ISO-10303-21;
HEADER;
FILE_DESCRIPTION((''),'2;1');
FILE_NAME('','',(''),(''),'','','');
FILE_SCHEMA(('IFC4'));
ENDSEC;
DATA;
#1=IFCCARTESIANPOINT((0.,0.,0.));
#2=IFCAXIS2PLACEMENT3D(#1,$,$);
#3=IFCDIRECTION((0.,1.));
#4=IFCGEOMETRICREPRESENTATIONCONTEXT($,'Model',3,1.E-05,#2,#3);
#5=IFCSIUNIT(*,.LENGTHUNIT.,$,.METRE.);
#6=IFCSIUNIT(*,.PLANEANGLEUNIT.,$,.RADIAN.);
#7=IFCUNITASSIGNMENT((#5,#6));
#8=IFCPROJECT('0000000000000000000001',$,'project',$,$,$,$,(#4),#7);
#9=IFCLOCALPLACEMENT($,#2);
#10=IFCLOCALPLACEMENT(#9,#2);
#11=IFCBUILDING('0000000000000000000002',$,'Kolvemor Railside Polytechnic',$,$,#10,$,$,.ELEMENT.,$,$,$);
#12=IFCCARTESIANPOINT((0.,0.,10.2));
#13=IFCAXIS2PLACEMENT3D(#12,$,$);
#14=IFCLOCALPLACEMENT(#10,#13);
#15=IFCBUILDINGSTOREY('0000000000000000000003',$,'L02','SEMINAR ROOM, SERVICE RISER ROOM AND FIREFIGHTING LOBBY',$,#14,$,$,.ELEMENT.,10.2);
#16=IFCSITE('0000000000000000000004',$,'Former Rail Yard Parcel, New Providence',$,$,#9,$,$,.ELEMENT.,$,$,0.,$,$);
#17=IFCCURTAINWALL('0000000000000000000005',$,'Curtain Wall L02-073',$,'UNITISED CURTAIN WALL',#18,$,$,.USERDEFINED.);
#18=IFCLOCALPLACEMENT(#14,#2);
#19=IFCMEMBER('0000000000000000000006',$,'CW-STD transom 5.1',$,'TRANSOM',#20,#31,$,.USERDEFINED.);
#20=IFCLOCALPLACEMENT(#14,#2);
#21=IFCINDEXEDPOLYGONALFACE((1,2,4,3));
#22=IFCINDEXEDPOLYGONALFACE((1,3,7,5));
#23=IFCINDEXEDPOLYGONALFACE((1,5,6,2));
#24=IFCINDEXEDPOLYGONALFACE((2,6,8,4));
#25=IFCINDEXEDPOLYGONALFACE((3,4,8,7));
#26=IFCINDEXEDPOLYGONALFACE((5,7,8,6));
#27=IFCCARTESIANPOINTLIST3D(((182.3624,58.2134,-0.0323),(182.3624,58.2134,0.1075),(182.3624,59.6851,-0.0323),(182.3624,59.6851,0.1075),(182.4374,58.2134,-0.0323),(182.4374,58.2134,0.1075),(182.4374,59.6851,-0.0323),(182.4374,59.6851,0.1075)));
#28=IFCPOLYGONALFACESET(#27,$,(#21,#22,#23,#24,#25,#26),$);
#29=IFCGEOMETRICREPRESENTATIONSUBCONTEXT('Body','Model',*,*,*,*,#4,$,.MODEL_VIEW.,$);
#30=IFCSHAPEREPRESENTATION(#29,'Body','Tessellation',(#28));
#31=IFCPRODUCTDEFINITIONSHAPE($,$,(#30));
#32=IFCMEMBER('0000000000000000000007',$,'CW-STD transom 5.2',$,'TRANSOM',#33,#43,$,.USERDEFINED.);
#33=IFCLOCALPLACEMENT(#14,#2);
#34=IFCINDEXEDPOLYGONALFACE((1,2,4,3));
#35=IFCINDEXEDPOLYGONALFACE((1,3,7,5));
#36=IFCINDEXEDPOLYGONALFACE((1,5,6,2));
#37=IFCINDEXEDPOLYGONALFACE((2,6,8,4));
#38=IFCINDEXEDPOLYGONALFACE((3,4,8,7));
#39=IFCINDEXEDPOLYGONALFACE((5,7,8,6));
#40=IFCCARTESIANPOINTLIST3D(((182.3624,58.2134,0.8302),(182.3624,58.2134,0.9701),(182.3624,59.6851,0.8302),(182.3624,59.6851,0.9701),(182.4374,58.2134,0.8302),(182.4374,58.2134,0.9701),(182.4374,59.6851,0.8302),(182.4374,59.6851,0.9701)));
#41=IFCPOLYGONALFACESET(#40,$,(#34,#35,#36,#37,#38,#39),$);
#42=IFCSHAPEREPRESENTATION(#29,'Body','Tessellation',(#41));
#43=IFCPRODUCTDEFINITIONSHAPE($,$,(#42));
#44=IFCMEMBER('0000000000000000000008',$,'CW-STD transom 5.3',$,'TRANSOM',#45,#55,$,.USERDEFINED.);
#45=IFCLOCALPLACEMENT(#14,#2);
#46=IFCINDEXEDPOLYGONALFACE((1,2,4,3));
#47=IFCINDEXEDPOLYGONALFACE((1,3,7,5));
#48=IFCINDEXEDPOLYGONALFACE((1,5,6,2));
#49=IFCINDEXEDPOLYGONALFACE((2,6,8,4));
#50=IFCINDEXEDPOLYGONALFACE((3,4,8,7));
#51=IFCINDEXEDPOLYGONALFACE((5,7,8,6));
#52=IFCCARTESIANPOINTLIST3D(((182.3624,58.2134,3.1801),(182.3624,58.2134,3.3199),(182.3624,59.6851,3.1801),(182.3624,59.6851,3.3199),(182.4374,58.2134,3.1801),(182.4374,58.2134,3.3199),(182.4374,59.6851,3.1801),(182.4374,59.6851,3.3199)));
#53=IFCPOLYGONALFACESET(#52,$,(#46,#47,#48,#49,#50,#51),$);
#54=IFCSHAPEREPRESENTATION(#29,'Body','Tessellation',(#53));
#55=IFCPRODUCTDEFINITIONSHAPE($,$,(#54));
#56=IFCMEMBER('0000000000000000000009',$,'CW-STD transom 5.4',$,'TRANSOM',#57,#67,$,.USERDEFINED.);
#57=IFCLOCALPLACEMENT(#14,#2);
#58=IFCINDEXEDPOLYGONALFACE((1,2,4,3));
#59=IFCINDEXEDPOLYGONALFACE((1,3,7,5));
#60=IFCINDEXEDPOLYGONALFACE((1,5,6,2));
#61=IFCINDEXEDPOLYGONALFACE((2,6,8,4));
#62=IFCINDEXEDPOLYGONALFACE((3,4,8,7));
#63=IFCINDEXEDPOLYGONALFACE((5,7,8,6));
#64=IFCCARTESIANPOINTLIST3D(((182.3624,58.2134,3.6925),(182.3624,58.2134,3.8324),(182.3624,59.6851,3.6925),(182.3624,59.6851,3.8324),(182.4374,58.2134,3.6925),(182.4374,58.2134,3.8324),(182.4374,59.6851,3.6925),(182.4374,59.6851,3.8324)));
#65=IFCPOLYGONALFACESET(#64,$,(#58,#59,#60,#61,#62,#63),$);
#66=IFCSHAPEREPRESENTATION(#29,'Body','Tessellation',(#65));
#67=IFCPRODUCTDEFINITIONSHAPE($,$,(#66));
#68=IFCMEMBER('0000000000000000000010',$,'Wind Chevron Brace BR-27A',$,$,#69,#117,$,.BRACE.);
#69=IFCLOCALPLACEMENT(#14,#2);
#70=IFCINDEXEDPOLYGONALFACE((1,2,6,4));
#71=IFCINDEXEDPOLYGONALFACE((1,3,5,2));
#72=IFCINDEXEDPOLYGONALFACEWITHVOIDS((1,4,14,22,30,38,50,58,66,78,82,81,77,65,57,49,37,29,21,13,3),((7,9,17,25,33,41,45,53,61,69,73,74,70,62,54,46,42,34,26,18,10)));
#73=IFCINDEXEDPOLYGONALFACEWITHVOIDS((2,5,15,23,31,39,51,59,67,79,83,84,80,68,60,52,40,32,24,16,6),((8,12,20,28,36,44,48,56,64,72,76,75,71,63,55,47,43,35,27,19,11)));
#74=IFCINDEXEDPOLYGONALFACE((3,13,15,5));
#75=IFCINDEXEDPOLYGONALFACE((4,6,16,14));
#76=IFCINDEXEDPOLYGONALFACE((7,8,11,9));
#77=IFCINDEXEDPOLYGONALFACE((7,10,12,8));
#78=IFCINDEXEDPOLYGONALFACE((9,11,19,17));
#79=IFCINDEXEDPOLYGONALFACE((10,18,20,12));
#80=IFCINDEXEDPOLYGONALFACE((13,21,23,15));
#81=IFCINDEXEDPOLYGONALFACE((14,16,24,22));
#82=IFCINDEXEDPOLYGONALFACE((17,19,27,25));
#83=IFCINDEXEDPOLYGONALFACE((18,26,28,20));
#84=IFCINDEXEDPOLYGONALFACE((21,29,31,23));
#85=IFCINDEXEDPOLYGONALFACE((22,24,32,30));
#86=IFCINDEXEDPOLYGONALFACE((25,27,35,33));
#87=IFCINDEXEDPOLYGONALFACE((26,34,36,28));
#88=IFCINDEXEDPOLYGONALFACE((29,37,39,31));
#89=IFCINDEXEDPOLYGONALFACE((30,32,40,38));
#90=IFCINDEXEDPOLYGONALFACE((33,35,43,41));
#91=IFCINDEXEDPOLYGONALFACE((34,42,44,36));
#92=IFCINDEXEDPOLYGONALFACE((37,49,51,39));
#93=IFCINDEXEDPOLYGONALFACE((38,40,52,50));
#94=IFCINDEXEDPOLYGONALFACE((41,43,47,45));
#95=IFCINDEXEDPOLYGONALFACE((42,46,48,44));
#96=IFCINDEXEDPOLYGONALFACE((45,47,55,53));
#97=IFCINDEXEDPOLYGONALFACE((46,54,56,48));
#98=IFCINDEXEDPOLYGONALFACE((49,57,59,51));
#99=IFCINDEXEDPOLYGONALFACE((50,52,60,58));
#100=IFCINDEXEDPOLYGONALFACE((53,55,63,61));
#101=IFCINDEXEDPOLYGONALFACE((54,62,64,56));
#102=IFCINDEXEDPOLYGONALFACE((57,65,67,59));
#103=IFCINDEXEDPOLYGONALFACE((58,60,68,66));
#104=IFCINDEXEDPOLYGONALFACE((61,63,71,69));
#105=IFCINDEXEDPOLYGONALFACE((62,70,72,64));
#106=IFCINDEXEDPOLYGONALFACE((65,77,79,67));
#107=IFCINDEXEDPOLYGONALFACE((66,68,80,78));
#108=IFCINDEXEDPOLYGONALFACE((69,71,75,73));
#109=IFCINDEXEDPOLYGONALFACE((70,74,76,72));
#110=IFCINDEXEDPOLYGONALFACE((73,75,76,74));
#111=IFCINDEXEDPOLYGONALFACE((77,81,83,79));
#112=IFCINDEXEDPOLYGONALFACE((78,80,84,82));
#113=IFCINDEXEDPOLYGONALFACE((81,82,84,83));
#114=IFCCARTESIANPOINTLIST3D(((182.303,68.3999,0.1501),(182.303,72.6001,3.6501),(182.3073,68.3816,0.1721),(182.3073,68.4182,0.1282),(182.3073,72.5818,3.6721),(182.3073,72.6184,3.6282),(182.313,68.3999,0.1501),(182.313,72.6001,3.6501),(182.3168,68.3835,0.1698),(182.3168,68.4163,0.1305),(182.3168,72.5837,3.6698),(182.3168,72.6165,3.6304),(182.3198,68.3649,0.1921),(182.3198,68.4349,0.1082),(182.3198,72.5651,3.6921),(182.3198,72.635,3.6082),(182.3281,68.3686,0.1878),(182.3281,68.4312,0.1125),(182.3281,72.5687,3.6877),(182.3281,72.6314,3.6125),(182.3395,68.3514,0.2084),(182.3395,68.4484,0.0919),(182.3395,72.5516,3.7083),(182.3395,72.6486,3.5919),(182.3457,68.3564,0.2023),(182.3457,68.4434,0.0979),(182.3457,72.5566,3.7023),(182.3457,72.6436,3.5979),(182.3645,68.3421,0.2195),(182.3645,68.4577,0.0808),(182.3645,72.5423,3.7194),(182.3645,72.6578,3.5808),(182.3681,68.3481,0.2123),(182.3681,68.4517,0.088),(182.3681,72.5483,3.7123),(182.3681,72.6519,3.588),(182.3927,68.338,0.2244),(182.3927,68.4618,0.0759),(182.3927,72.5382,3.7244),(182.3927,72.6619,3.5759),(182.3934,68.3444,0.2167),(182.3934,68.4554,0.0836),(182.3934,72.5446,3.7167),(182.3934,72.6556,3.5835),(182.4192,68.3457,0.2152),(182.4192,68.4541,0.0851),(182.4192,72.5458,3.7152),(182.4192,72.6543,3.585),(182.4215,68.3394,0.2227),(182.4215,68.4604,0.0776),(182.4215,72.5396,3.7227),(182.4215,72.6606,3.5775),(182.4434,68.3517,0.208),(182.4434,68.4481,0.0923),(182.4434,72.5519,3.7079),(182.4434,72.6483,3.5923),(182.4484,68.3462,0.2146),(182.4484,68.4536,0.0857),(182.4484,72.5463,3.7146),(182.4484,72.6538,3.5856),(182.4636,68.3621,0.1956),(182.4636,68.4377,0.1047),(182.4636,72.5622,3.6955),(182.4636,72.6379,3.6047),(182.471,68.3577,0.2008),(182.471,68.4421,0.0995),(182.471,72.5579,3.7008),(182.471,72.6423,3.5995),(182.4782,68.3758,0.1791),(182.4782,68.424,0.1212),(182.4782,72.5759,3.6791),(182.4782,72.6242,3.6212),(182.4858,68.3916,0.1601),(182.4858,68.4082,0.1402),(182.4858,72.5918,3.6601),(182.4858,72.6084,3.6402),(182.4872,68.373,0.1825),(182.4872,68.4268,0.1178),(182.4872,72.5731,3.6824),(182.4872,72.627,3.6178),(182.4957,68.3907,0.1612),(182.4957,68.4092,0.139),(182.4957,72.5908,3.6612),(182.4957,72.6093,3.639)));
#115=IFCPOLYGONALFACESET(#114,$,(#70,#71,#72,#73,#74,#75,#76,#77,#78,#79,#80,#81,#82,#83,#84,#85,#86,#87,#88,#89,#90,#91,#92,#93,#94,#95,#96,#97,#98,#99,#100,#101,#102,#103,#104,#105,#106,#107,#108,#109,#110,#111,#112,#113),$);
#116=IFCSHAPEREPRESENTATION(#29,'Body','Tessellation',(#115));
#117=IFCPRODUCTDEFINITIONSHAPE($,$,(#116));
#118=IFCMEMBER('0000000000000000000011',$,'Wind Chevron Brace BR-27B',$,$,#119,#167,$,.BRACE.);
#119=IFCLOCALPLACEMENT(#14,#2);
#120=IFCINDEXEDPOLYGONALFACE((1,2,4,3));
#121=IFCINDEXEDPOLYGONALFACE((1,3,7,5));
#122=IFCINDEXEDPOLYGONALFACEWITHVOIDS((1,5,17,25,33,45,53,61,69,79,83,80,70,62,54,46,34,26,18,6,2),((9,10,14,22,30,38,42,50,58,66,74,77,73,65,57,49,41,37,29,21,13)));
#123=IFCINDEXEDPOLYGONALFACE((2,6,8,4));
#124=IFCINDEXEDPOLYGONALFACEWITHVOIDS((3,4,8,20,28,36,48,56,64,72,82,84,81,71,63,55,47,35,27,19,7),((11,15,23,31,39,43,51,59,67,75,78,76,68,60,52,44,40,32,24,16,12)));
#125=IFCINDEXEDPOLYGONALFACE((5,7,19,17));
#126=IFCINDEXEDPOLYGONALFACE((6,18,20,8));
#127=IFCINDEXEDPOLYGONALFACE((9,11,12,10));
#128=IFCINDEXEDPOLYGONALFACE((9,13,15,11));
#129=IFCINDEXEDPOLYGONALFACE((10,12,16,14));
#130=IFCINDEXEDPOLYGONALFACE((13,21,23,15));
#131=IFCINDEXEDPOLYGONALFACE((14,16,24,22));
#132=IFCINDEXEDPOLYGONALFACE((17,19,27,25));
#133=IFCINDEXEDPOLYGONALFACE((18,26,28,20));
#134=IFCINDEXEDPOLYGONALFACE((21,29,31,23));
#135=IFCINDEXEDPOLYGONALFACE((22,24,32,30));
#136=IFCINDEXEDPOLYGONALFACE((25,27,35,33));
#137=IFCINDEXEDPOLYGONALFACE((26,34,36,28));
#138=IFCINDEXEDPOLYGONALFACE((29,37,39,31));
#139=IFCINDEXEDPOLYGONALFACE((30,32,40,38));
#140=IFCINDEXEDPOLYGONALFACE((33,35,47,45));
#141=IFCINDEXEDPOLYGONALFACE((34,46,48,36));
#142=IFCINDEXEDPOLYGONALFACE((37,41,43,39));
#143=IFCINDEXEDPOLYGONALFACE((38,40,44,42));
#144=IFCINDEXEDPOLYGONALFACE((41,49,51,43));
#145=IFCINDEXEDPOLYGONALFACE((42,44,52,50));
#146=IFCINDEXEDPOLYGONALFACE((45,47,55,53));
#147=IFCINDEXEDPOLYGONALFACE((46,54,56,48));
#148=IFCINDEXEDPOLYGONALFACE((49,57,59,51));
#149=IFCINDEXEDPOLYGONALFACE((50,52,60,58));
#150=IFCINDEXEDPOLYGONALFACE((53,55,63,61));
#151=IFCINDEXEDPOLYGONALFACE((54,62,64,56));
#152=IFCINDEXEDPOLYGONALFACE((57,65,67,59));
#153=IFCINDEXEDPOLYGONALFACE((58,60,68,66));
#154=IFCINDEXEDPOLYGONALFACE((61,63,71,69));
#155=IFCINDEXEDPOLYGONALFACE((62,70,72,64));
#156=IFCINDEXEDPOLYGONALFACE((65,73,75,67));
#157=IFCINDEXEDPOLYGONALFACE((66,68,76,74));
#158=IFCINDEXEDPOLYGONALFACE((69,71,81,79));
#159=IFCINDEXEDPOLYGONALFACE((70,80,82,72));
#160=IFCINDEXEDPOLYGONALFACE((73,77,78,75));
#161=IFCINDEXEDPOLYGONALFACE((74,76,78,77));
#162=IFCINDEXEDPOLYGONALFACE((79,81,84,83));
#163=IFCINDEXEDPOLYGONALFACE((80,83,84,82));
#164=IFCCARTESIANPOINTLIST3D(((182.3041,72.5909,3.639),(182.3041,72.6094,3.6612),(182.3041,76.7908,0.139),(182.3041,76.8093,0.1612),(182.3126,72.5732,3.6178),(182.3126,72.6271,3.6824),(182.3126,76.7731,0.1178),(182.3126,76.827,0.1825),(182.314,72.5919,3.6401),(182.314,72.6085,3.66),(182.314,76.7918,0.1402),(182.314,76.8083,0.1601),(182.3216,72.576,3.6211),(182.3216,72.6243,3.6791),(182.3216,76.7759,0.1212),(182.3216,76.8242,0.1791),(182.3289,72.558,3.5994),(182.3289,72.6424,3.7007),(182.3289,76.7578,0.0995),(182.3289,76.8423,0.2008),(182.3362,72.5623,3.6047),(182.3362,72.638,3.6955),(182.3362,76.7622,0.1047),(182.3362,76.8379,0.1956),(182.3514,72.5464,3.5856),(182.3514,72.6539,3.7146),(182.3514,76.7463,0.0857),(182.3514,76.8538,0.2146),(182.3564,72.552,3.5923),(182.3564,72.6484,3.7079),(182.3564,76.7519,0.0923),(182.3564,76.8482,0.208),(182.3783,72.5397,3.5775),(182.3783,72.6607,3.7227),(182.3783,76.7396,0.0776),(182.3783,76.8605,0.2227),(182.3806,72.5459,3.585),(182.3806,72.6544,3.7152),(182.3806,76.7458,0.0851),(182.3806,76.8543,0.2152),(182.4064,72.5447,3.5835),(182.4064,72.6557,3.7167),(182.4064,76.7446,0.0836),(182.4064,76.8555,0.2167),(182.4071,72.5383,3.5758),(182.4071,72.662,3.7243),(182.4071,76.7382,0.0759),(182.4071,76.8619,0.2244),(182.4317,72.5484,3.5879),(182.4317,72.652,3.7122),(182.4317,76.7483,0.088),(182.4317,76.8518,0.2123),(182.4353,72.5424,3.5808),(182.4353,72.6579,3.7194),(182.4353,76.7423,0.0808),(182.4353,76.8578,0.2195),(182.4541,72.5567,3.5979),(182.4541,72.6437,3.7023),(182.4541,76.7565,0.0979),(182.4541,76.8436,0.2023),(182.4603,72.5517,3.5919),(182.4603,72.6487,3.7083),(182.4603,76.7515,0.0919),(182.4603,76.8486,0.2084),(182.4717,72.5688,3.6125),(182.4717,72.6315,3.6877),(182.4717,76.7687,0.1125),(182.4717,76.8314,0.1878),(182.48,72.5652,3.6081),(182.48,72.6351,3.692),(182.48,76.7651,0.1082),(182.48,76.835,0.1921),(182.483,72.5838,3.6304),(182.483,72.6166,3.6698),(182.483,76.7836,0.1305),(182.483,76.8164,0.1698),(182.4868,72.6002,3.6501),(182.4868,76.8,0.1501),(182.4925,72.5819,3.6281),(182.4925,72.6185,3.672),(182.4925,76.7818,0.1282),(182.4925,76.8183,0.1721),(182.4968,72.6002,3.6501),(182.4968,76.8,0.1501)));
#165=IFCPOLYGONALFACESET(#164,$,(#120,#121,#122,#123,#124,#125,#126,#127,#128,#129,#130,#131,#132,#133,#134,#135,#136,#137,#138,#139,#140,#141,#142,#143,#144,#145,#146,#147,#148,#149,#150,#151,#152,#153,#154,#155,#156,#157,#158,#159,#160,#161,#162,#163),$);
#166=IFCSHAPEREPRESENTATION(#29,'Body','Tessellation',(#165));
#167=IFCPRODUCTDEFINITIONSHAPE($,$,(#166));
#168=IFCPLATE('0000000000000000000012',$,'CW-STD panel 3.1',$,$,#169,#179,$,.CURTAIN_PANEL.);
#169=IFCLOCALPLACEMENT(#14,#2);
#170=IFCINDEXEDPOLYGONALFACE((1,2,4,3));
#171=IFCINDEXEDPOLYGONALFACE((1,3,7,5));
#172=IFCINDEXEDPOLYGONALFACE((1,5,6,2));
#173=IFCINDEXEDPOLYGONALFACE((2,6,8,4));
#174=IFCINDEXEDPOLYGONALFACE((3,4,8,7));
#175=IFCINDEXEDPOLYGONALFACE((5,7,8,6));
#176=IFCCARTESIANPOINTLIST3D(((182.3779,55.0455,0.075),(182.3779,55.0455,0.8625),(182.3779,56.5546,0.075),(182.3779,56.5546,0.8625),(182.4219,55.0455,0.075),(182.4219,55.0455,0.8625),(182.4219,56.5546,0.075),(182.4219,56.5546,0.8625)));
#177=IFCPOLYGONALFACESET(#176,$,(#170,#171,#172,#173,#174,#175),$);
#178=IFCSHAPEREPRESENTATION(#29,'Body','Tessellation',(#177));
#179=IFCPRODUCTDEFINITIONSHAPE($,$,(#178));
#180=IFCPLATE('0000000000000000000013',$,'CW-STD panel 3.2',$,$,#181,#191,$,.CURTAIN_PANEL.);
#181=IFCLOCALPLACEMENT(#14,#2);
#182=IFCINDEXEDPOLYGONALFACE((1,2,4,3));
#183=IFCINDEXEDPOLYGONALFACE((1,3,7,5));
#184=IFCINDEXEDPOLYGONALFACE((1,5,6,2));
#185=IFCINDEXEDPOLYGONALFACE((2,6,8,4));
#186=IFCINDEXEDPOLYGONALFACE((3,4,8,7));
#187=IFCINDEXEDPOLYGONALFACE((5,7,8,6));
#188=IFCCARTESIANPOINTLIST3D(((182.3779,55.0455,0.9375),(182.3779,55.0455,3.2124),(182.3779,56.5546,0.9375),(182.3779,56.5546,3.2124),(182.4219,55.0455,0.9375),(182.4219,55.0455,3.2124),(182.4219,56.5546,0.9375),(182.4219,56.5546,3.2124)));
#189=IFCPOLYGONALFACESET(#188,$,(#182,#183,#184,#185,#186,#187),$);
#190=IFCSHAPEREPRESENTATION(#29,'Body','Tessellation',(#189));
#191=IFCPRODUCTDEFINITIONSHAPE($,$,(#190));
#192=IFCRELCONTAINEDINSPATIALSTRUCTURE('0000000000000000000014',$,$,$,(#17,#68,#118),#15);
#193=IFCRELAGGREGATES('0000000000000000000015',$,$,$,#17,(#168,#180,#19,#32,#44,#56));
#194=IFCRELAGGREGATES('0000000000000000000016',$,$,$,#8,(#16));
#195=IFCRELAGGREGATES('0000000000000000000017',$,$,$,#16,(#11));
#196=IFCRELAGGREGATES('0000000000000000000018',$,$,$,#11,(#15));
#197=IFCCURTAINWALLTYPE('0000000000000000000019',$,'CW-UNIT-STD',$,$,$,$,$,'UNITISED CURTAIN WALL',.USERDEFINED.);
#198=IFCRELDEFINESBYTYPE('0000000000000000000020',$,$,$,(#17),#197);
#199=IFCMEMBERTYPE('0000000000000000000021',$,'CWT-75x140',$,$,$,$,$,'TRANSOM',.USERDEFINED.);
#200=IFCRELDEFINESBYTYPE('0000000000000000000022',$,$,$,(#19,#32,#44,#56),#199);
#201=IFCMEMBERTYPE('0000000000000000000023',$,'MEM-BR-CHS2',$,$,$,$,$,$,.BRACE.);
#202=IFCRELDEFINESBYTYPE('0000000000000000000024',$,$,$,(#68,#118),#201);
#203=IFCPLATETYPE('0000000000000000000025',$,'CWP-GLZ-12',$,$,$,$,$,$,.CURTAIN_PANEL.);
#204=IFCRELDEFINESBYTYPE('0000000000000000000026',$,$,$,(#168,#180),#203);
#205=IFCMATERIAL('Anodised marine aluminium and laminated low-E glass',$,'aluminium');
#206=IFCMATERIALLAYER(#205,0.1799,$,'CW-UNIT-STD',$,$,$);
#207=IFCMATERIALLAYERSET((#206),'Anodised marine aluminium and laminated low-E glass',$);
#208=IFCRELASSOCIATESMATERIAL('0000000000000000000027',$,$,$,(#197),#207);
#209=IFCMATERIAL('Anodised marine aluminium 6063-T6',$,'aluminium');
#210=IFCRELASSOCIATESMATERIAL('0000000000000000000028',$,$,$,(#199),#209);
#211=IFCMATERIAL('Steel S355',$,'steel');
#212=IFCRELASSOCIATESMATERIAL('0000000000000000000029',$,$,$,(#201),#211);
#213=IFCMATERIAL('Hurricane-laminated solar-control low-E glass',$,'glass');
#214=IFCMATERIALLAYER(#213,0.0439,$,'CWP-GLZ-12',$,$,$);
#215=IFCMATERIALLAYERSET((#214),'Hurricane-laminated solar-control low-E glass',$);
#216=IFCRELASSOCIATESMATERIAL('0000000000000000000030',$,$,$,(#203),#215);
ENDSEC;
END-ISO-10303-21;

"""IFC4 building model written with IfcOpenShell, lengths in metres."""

from ifc_helpers import new_model, si_unit, direction, frame, origin, origin_2d, place, context, subcontext, project, spatial, rectangle, hollow_circle, extrude, material, layer, layer_set, material_profile, profile_set, type_object, element, aggregate, save


model = new_model("IFC4")

# Units and contexts
model_context = context("Model", 3, precision=1e-05, world=origin(), true_north=direction((0.0, 1.0)))
body_context = subcontext(model_context, "Body", "Model", "MODEL_VIEW")
ifc_project = project(units=[si_unit("LENGTHUNIT", "METRE"), si_unit("PLANEANGLEUNIT", "RADIAN")], contexts=[model_context])

# Site, building, storey
site_placement = place(None, origin())
site = spatial("IfcSite", under=ifc_project, at=site_placement, Name="Former Rail Yard Parcel, New Providence", CompositionType="ELEMENT", RefElevation=0.0)
building_placement = place(site_placement, origin())
building = spatial("IfcBuilding", under=site, at=building_placement, Name="Kolvemor Railside Polytechnic", CompositionType="ELEMENT")
storey_placement = place(building_placement, frame((0.0, 0.0, 10.2)))
storey = spatial("IfcBuildingStorey", under=building, at=storey_placement, Name="L02", Description="SEMINAR ROOM, SERVICE RISER ROOM AND FIREFIGHTING LOBBY", CompositionType="ELEMENT", Elevation=10.2)

# Curtain wall, members
ifc_material_1 = material(Name="Anodised marine aluminium and laminated low-E glass", Category="aluminium")
ifc_layer_1 = layer(ifc_material_1, 0.1799, Name="CW-UNIT-STD")
ifc_layer_set_1 = layer_set([ifc_layer_1], Name="Anodised marine aluminium and laminated low-E glass")
curtain_wall_type = type_object("IfcCurtainWallType", Name="CW-UNIT-STD", ElementType="UNITISED CURTAIN WALL", PredefinedType="USERDEFINED", material=ifc_layer_set_1)
curtain_wall_placement = place(storey_placement, origin())
curtain_wall = element("IfcCurtainWall", 1, at=curtain_wall_placement, inside=storey, type_object=curtain_wall_type, Name="Curtain Wall L02-073", ObjectType="UNITISED CURTAIN WALL", PredefinedType="USERDEFINED")
ifc_material_2 = material(Name="Anodised marine aluminium 6063-T6", Category="aluminium")
ifc_material_profile_1 = material_profile(ifc_material_2, rectangle(XDim=0.075, YDim=0.1399, at=origin_2d()), Name="CW-TRN-75x140")
ifc_profile_set_1 = profile_set([ifc_material_profile_1], Name="Anodised marine aluminium 6063-T6")
member_type_1 = type_object("IfcMemberType", Name="CWT-75x140", ElementType="TRANSOM", PredefinedType="USERDEFINED", material=ifc_profile_set_1)
member_1_placement = place(storey_placement, frame((182.3999, 58.2134, 0.0376), z_axis=(0.0, 1.0, 0.0), x_axis=(-1.0, 0.0, 0.0)))
member_1 = element("IfcMember", 2, at=member_1_placement, type_object=member_type_1, Name="CW-STD transom 5.1", ObjectType="TRANSOM", PredefinedType="USERDEFINED", context=body_context, shape_type="SweptSolid", body=[
    extrude(rectangle(XDim=0.075, YDim=0.1399, at=origin_2d()), origin(), (0.0, 0.0, 1.0), 1.4717),
])
member_2_placement = place(storey_placement, frame((182.3999, 58.2134, 0.9001), z_axis=(0.0, 1.0, 0.0), x_axis=(-1.0, 0.0, 0.0)))
member_2 = element("IfcMember", 3, at=member_2_placement, type_object=member_type_1, Name="CW-STD transom 5.2", ObjectType="TRANSOM", PredefinedType="USERDEFINED", context=body_context, shape_type="SweptSolid", body=[
    extrude(rectangle(XDim=0.075, YDim=0.1399, at=origin_2d()), origin(), (0.0, 0.0, 1.0), 1.4717),
])
member_3_placement = place(storey_placement, frame((182.3999, 58.2134, 3.25), z_axis=(0.0, 1.0, 0.0), x_axis=(-1.0, 0.0, 0.0)))
member_3 = element("IfcMember", 4, at=member_3_placement, type_object=member_type_1, Name="CW-STD transom 5.3", ObjectType="TRANSOM", PredefinedType="USERDEFINED", context=body_context, shape_type="SweptSolid", body=[
    extrude(rectangle(XDim=0.075, YDim=0.1399, at=origin_2d()), origin(), (0.0, 0.0, 1.0), 1.4717),
])
member_4_placement = place(storey_placement, frame((182.3999, 58.2134, 3.7625), z_axis=(0.0, 1.0, 0.0), x_axis=(-1.0, 0.0, 0.0)))
member_4 = element("IfcMember", 5, at=member_4_placement, type_object=member_type_1, Name="CW-STD transom 5.4", ObjectType="TRANSOM", PredefinedType="USERDEFINED", context=body_context, shape_type="SweptSolid", body=[
    extrude(rectangle(XDim=0.075, YDim=0.1399, at=origin_2d()), origin(), (0.0, 0.0, 1.0), 1.4717),
])

# Members
ifc_material_3 = material(Name="Steel S355", Category="steel")
ifc_material_profile_2 = material_profile(ifc_material_3, hollow_circle(Radius=0.0969, WallThickness=0.01, at=origin_2d()), Name="CHS193.7x10")
ifc_profile_set_2 = profile_set([ifc_material_profile_2], Name="Steel S355")
member_type_2 = type_object("IfcMemberType", Name="MEM-BR-CHS2", PredefinedType="BRACE", material=ifc_profile_set_2)
member_5_placement = place(storey_placement, frame((182.3999, 68.3999, 0.1501), z_axis=(0.0, 0.768236, 0.640167), x_axis=(-1.0, 0.0, 0.0)))
element("IfcMember", 6, at=member_5_placement, inside=storey, type_object=member_type_2, Name="Wind Chevron Brace BR-27A", PredefinedType="BRACE", context=body_context, shape_type="SweptSolid", body=[
    extrude(hollow_circle(Radius=0.0969, WallThickness=0.01, at=origin_2d()), origin(), (0.0, 0.0, 1.0), 5.4673),
])
member_6_placement = place(storey_placement, frame((182.3999, 76.8, 0.1501), z_axis=(0.0, -0.768218, 0.640189), x_axis=(1.0, 0.0, 0.0)))
element("IfcMember", 7, at=member_6_placement, inside=storey, type_object=member_type_2, Name="Wind Chevron Brace BR-27B", PredefinedType="BRACE", context=body_context, shape_type="SweptSolid", body=[
    extrude(hollow_circle(Radius=0.0969, WallThickness=0.01, at=origin_2d()), origin(), (0.0, 0.0, 1.0), 5.467),
])

# Plates
ifc_material_4 = material(Name="Hurricane-laminated solar-control low-E glass", Category="glass")
ifc_layer_2 = layer(ifc_material_4, 0.0439, Name="CWP-GLZ-12")
ifc_layer_set_2 = layer_set([ifc_layer_2], Name="Hurricane-laminated solar-control low-E glass")
plate_type_1 = type_object("IfcPlateType", Name="CWP-GLZ-12", PredefinedType="CURTAIN_PANEL", material=ifc_layer_set_2)
plate_1_placement = place(storey_placement, frame((182.3999, 55.8, 0.075), z_axis=(0.0, 0.0, 1.0), x_axis=(0.0, 1.0, 0.0)))
plate_1 = element("IfcPlate", 8, at=plate_1_placement, type_object=plate_type_1, Name="CW-STD panel 3.1", PredefinedType="CURTAIN_PANEL", context=body_context, shape_type="SweptSolid", body=[
    extrude(rectangle(XDim=1.509, YDim=0.0439, at=origin_2d()), origin(), (0.0, 0.0, 1.0), 0.7876),
])
plate_2_placement = place(storey_placement, frame((182.3999, 55.8, 0.9375), z_axis=(0.0, 0.0, 1.0), x_axis=(0.0, 1.0, 0.0)))
plate_2 = element("IfcPlate", 9, at=plate_2_placement, type_object=plate_type_1, Name="CW-STD panel 3.2", PredefinedType="CURTAIN_PANEL", context=body_context, shape_type="SweptSolid", body=[
    extrude(rectangle(XDim=1.509, YDim=0.0439, at=origin_2d()), origin(), (0.0, 0.0, 1.0), 2.2749),
])
aggregate(curtain_wall, [plate_1, plate_2, member_1, member_2, member_3, member_4])

save(model, "model.ifc")
